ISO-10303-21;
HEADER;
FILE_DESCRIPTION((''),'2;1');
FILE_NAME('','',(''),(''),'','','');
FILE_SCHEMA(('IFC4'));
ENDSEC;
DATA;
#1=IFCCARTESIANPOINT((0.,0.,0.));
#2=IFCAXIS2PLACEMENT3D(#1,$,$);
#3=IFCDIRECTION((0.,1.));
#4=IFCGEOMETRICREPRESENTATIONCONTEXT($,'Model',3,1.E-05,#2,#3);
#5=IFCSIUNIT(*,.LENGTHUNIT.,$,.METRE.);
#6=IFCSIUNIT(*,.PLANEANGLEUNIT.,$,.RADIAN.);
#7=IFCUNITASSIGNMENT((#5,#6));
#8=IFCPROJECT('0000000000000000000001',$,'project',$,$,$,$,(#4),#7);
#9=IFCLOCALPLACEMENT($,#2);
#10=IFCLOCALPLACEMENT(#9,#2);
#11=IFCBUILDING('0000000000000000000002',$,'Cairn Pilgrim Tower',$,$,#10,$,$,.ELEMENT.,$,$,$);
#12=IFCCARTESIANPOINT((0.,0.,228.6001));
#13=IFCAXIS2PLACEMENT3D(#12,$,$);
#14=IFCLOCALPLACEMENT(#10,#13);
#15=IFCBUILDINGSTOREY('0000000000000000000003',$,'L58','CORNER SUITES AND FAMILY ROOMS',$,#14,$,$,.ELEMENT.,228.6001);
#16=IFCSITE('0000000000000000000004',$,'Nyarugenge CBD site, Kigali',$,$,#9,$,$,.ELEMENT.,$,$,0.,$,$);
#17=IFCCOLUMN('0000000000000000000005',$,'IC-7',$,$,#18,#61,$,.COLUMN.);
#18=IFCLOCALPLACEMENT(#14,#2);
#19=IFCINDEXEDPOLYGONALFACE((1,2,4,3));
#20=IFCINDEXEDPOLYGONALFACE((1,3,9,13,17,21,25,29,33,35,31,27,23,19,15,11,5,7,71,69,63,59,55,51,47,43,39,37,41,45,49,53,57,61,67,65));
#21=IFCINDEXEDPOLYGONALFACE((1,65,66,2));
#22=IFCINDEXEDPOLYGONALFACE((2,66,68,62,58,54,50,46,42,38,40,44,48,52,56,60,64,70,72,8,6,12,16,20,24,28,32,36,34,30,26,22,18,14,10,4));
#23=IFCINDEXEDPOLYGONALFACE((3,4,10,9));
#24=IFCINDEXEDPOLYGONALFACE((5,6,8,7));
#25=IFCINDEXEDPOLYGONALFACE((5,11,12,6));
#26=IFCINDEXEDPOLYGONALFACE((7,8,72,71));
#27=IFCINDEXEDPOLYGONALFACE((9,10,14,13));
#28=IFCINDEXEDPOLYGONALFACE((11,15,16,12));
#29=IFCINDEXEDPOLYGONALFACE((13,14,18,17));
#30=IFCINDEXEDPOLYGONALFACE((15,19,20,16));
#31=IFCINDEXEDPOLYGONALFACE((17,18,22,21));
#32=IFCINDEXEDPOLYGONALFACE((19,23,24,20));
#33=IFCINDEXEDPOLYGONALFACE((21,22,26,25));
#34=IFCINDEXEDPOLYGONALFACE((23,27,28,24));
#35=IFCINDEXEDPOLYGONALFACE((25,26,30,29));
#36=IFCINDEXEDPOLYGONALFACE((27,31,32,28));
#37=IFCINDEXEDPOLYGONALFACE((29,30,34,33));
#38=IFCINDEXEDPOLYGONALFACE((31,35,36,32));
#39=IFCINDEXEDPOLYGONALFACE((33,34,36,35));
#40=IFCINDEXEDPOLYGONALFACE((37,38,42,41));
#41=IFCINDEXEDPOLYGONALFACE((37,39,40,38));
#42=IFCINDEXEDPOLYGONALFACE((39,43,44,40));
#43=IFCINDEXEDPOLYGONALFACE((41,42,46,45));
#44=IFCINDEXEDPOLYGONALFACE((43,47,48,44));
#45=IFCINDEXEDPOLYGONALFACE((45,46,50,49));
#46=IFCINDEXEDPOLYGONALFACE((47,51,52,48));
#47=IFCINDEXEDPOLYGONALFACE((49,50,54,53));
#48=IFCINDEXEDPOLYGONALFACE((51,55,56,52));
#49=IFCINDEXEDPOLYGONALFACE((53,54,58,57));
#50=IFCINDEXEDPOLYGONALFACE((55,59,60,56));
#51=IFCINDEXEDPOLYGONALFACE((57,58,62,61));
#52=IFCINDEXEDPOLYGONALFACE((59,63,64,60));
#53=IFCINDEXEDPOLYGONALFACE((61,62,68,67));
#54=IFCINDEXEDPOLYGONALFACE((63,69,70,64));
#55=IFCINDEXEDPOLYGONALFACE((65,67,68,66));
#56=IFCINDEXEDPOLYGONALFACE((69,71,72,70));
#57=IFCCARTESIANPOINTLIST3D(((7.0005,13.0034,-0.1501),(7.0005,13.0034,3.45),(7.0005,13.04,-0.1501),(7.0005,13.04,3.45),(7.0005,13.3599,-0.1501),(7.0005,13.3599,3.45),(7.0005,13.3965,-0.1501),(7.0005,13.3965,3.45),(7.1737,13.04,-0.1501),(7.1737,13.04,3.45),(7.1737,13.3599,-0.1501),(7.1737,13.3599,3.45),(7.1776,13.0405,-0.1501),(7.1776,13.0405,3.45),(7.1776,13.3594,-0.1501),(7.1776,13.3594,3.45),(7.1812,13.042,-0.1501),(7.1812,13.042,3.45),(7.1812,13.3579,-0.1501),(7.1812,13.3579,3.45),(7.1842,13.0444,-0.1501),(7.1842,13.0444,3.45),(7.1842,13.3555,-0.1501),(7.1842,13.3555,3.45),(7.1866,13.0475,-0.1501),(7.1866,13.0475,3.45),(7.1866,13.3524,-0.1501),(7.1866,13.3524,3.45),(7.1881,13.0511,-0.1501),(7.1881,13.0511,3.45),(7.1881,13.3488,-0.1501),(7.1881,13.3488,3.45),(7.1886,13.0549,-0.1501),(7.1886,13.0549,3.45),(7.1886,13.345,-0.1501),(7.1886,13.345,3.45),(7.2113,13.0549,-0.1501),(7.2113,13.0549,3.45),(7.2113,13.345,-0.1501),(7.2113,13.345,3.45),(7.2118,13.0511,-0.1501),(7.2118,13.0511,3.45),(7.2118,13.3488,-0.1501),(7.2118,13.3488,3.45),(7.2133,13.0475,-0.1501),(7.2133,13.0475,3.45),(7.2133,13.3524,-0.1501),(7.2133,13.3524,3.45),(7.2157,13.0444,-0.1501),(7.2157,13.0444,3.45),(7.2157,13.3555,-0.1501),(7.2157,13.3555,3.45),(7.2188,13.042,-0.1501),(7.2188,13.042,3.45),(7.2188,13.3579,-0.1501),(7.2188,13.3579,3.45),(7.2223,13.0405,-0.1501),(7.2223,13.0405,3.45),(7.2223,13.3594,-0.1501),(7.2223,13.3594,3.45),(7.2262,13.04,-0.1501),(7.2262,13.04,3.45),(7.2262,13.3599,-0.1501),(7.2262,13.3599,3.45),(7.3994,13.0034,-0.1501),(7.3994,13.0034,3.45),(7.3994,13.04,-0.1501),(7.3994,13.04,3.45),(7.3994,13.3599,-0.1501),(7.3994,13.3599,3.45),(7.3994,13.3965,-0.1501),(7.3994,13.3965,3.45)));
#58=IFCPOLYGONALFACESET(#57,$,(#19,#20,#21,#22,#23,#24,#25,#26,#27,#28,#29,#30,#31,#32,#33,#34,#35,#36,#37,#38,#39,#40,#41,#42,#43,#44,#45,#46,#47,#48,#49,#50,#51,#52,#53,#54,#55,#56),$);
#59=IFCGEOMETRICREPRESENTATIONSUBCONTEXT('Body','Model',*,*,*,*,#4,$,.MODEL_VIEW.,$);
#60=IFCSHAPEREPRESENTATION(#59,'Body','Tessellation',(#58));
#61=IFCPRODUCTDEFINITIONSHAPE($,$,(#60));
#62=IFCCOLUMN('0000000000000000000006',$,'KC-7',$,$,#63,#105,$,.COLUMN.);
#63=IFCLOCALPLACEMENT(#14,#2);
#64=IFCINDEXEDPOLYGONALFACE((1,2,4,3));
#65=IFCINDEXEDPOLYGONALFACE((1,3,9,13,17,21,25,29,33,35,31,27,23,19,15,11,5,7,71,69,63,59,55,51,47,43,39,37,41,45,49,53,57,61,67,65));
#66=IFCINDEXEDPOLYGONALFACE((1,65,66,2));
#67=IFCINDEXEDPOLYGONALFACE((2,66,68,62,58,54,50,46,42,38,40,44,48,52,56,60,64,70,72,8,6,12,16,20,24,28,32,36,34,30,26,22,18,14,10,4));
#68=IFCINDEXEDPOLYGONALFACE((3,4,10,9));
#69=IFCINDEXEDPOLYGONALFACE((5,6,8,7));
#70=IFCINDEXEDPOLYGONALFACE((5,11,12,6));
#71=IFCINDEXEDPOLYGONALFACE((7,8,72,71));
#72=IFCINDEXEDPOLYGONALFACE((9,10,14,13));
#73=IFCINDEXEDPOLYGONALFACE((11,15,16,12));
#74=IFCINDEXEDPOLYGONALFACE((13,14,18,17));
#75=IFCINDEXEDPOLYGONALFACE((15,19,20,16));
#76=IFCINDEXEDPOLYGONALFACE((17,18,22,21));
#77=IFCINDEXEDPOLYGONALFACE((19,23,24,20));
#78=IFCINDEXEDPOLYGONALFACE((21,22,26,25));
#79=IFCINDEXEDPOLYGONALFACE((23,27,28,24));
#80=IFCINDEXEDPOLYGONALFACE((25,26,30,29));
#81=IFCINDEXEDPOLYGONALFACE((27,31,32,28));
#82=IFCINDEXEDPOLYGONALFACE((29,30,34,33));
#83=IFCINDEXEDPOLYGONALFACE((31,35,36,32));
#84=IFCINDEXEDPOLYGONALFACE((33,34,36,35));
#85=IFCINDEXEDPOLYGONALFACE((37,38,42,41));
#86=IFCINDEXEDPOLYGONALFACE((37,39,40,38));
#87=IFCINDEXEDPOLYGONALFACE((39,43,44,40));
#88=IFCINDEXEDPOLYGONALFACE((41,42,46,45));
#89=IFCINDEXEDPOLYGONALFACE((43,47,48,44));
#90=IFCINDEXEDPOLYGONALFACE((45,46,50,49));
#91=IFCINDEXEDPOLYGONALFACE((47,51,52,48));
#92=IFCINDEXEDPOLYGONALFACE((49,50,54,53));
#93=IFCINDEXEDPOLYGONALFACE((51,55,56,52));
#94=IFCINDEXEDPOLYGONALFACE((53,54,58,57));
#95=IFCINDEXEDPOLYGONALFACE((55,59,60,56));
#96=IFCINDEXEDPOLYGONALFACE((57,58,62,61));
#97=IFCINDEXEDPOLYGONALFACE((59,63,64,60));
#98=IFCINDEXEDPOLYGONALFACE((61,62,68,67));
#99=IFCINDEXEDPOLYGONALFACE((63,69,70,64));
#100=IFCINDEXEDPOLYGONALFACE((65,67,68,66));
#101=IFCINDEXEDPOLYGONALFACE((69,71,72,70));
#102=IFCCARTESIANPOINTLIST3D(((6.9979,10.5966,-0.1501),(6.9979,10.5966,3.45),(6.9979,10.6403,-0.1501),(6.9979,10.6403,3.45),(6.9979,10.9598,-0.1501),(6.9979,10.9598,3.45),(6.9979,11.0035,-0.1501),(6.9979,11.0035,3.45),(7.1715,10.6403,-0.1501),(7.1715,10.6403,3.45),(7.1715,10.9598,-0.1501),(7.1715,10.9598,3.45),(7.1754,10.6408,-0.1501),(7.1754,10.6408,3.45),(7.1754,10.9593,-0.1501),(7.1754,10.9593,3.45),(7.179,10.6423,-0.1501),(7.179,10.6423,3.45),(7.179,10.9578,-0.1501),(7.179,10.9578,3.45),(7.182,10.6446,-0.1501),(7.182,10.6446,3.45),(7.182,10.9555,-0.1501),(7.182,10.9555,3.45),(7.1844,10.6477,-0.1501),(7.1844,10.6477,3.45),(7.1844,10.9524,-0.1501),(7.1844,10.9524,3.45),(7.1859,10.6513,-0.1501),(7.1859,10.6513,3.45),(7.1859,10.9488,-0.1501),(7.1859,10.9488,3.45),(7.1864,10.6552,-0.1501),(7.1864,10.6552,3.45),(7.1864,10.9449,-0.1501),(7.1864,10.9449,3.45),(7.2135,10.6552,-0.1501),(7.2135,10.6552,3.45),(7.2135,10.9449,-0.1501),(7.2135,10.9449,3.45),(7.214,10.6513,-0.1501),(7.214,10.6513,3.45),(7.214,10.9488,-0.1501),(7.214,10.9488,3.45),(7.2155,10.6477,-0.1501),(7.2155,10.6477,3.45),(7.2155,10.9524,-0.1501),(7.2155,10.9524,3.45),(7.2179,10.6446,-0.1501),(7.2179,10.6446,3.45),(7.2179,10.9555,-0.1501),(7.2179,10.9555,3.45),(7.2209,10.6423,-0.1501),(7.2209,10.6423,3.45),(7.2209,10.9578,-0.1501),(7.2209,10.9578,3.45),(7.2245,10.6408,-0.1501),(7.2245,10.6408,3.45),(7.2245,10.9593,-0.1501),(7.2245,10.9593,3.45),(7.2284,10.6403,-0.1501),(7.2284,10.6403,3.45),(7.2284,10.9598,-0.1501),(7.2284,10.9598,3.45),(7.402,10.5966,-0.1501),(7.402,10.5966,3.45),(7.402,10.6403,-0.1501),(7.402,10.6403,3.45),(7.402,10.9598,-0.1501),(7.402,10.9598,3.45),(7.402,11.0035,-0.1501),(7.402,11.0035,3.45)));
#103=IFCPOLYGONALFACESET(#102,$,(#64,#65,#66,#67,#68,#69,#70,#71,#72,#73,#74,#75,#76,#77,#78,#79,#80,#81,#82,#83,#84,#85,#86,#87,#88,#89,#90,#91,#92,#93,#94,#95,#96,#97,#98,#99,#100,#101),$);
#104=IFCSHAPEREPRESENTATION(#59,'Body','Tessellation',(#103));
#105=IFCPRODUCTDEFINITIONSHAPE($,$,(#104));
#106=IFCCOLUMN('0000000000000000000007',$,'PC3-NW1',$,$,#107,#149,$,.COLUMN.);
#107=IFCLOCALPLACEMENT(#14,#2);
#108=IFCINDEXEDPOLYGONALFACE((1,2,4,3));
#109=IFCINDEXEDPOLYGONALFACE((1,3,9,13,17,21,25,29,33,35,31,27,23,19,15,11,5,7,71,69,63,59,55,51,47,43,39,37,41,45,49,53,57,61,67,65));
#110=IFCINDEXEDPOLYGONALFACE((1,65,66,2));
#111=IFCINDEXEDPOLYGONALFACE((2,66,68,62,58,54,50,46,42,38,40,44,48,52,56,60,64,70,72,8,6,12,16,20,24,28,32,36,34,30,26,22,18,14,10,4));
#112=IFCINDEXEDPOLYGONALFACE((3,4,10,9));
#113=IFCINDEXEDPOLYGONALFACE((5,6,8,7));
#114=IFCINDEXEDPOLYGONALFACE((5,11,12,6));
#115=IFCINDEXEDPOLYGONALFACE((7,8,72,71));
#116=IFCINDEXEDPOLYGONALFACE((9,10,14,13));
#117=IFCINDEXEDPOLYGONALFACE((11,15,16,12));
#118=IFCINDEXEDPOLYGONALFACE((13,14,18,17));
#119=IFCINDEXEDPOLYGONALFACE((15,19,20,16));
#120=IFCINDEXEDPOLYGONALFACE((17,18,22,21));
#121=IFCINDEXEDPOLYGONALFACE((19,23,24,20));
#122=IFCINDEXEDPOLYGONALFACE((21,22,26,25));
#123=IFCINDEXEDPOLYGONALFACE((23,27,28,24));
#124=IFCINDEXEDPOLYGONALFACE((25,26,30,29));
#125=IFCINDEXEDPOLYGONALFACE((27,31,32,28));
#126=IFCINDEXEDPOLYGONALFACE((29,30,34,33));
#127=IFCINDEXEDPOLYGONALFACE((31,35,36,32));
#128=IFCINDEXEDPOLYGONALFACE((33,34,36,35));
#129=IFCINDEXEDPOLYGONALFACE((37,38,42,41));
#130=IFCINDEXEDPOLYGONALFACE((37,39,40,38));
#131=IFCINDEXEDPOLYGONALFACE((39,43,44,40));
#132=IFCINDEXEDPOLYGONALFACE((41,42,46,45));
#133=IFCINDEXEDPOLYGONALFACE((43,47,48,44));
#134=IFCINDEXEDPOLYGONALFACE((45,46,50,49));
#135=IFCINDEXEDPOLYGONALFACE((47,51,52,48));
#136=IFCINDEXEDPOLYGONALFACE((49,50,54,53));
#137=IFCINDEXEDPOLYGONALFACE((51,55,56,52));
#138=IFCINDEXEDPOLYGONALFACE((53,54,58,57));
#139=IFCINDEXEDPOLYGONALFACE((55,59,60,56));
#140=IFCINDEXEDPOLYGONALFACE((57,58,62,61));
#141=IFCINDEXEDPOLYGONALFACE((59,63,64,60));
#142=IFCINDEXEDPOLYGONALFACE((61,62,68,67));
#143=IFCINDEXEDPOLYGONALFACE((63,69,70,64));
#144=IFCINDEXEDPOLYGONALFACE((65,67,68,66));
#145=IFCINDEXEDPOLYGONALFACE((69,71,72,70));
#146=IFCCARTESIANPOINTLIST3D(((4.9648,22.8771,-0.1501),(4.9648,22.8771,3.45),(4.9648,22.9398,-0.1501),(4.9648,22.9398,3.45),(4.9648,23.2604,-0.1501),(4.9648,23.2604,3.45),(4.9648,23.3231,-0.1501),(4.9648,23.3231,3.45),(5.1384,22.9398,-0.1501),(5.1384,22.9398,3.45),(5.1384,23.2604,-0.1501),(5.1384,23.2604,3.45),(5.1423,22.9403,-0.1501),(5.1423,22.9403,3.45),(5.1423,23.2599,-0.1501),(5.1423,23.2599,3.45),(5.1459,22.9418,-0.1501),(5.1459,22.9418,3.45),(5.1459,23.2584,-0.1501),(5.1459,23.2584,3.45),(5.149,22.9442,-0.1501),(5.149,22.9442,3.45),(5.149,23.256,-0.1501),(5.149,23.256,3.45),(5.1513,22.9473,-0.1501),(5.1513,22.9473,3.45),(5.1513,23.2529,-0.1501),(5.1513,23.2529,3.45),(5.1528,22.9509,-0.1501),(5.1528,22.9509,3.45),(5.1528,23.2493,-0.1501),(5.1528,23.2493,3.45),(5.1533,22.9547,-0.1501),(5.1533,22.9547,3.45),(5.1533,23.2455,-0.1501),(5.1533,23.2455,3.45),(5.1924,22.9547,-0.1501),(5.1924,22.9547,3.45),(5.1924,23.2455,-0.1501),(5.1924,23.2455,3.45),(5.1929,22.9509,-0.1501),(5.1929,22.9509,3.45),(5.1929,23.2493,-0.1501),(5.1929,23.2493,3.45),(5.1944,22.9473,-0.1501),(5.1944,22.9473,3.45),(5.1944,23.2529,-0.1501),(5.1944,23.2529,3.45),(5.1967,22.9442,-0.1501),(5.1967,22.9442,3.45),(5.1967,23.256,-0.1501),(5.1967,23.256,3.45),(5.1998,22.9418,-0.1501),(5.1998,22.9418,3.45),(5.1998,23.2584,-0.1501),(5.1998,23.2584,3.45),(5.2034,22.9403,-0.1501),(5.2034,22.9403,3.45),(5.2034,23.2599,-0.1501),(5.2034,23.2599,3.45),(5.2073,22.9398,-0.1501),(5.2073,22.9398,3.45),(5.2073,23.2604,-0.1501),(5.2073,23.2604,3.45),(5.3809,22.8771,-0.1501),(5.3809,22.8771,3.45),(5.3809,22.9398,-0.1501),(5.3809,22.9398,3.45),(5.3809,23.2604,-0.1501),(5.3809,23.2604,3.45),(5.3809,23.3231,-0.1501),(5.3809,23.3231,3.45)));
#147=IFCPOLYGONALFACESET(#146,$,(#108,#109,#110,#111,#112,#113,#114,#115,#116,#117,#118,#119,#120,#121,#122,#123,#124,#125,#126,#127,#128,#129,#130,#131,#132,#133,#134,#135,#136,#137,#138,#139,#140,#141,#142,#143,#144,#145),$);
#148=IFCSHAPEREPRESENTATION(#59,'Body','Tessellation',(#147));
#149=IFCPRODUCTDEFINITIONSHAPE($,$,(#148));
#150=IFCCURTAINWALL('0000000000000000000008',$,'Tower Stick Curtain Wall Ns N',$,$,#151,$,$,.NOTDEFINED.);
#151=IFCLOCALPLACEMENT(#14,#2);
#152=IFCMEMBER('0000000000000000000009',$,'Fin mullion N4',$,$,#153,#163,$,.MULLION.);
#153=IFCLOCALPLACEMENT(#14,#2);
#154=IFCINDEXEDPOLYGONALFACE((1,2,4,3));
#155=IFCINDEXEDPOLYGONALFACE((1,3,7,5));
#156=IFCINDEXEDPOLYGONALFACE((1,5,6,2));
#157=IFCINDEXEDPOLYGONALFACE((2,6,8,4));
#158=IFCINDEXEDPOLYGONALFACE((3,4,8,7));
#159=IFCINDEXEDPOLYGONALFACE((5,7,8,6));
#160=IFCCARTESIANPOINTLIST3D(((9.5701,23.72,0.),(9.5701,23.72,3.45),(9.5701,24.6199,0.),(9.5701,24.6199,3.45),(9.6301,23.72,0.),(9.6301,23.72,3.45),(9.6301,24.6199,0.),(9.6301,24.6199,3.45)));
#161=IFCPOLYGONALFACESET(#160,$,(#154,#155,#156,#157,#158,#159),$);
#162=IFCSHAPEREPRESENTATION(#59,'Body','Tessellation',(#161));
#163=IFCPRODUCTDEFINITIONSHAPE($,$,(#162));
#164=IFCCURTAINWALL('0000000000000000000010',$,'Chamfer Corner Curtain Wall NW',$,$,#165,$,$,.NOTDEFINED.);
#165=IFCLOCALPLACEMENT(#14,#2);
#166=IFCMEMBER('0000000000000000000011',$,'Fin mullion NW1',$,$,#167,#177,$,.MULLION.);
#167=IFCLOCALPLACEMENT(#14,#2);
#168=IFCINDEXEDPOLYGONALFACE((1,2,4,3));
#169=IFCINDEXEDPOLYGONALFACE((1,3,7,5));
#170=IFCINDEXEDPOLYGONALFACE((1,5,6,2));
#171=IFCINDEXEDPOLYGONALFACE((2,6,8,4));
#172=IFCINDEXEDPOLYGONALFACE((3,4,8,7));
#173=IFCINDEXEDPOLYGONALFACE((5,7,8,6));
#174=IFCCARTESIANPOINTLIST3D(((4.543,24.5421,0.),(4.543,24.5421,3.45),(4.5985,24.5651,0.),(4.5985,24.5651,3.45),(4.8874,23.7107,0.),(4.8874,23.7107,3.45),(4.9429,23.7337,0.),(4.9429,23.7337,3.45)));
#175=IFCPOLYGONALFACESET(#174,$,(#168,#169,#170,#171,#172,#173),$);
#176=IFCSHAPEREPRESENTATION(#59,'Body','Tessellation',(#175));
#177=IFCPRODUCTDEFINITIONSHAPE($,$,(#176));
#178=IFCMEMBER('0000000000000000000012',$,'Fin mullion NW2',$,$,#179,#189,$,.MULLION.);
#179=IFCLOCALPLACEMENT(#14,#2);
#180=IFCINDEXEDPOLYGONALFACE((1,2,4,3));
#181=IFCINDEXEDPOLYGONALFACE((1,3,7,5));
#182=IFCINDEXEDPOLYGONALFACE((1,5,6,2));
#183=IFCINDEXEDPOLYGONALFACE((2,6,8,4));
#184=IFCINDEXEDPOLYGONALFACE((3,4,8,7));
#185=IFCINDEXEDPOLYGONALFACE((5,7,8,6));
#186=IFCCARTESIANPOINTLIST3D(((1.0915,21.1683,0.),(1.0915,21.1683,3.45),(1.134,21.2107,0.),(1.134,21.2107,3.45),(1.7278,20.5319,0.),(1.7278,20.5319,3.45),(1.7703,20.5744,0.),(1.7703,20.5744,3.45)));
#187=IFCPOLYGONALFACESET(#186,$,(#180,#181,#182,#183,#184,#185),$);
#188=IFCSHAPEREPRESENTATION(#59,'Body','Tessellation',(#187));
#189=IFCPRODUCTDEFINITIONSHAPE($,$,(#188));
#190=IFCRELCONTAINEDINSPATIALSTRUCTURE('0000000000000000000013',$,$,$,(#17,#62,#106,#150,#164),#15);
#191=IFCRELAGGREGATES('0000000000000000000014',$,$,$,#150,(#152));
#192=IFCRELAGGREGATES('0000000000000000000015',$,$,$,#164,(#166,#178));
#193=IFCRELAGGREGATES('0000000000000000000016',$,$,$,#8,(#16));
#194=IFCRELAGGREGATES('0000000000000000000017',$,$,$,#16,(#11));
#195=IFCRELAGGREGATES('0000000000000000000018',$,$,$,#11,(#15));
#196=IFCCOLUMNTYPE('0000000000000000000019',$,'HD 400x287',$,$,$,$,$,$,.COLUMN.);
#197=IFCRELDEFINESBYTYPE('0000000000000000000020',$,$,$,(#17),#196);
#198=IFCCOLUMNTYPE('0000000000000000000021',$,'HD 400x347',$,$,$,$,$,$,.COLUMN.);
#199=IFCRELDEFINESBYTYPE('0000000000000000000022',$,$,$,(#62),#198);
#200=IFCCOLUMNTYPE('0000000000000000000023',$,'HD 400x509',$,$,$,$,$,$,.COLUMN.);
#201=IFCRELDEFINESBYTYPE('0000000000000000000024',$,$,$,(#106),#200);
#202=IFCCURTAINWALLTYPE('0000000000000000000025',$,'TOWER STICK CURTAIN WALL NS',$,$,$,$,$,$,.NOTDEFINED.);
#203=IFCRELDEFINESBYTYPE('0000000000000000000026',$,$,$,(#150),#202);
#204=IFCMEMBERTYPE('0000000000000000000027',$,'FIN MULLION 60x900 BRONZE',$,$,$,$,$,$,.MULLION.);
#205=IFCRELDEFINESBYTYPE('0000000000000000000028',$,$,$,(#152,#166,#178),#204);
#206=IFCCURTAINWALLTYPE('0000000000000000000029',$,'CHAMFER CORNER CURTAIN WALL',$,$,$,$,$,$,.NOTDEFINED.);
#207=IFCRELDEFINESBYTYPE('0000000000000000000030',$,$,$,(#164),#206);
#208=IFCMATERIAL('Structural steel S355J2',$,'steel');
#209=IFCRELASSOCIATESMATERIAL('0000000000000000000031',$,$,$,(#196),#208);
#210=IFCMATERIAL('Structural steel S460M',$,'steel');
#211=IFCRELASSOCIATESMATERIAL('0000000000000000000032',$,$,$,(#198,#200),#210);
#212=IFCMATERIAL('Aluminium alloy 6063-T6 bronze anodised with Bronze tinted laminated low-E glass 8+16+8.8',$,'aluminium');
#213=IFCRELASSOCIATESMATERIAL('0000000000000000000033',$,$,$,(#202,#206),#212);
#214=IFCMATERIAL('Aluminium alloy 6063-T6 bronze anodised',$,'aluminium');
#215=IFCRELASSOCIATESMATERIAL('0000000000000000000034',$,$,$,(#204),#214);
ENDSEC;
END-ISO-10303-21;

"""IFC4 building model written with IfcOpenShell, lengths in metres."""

from ifc_helpers import new_model, si_unit, direction, frame, origin, origin_2d, place, context, subcontext, project, spatial, rectangle, i_section, extrude, material, material_profile, profile_set, type_object, element, aggregate, save


model = new_model("IFC4")

# Units and contexts
model_context = context("Model", 3, precision=1e-05, world=origin(), true_north=direction((0.0, 1.0)))
body_context = subcontext(model_context, "Body", "Model", "MODEL_VIEW")
ifc_project = project(units=[si_unit("LENGTHUNIT", "METRE"), si_unit("PLANEANGLEUNIT", "RADIAN")], contexts=[model_context])

# Site, building, storey
site_placement = place(None, origin())
site = spatial("IfcSite", under=ifc_project, at=site_placement, Name="Nyarugenge CBD site, Kigali", CompositionType="ELEMENT", RefElevation=0.0)
building_placement = place(site_placement, origin())
building = spatial("IfcBuilding", under=site, at=building_placement, Name="Cairn Pilgrim Tower", CompositionType="ELEMENT")
storey_placement = place(building_placement, frame((0.0, 0.0, 228.6001)))
storey = spatial("IfcBuildingStorey", under=building, at=storey_placement, Name="L58", Description="CORNER SUITES AND FAMILY ROOMS", CompositionType="ELEMENT", Elevation=228.6001)

# Columns
ifc_material_1 = material(Name="Structural steel S355J2", Category="steel")
ifc_material_profile_1 = material_profile(ifc_material_1, i_section(OverallWidth=0.3989, OverallDepth=0.3931, WebThickness=0.0227, FlangeThickness=0.0366, FilletRadius=0.0149, at=origin_2d()), Name="HD 400x287")
ifc_profile_set_1 = profile_set([ifc_material_profile_1], Name="Structural steel S355J2")
column_type_1 = type_object("IfcColumnType", Name="HD 400x287", PredefinedType="COLUMN", material=ifc_profile_set_1)
column_1_placement = place(storey_placement, frame((7.2, 13.2, -0.1501), z_axis=(0.0, 0.0, 1.0), x_axis=(1.0, 0.0, 0.0)))
element("IfcColumn", 1, at=column_1_placement, inside=storey, type_object=column_type_1, Name="IC-7", PredefinedType="COLUMN", context=body_context, shape_type="SweptSolid", body=[
    extrude(i_section(OverallWidth=0.3989, OverallDepth=0.3931, WebThickness=0.0227, FlangeThickness=0.0366, FilletRadius=0.0149, at=origin_2d()), origin(), (0.0, 0.0, 1.0), 3.6001),
])
ifc_material_2 = material(Name="Structural steel S460M", Category="steel")
ifc_material_profile_2 = material_profile(ifc_material_2, i_section(OverallWidth=0.4041, OverallDepth=0.407, WebThickness=0.0271, FlangeThickness=0.0437, FilletRadius=0.0149, at=origin_2d()), Name="HD 400x347")
ifc_profile_set_2 = profile_set([ifc_material_profile_2], Name="Structural steel S460M")
column_type_2 = type_object("IfcColumnType", Name="HD 400x347", PredefinedType="COLUMN", material=ifc_profile_set_2)
column_2_placement = place(storey_placement, frame((7.2, 10.8, -0.1501), z_axis=(0.0, 0.0, 1.0), x_axis=(1.0, 0.0, 0.0)))
element("IfcColumn", 2, at=column_2_placement, inside=storey, type_object=column_type_2, Name="KC-7", PredefinedType="COLUMN", context=body_context, shape_type="SweptSolid", body=[
    extrude(i_section(OverallWidth=0.4041, OverallDepth=0.407, WebThickness=0.0271, FlangeThickness=0.0437, FilletRadius=0.0149, at=origin_2d()), origin(), (0.0, 0.0, 1.0), 3.6001),
])
ifc_material_profile_3 = material_profile(ifc_material_2, i_section(OverallWidth=0.416, OverallDepth=0.446, WebThickness=0.0391, FlangeThickness=0.0627, FilletRadius=0.0149, at=origin_2d()), Name="HD 400x509")
ifc_profile_set_3 = profile_set([ifc_material_profile_3], Name="Structural steel S460M")
column_type_3 = type_object("IfcColumnType", Name="HD 400x509", PredefinedType="COLUMN", material=ifc_profile_set_3)
column_3_placement = place(storey_placement, frame((5.1729, 23.1001, -0.1501), z_axis=(0.0, 0.0, 1.0), x_axis=(1.0, 0.0, 0.0)))
element("IfcColumn", 3, at=column_3_placement, inside=storey, type_object=column_type_3, Name="PC3-NW1", PredefinedType="COLUMN", context=body_context, shape_type="SweptSolid", body=[
    extrude(i_section(OverallWidth=0.416, OverallDepth=0.446, WebThickness=0.0391, FlangeThickness=0.0627, FilletRadius=0.0149, at=origin_2d()), origin(), (0.0, 0.0, 1.0), 3.6001),
])

# Curtain wall, member
ifc_material_3 = material(Name="Aluminium alloy 6063-T6 bronze anodised with Bronze tinted laminated low-E glass 8+16+8.8", Category="aluminium")
curtain_wall_type_1 = type_object("IfcCurtainWallType", Name="TOWER STICK CURTAIN WALL NS", PredefinedType="NOTDEFINED", material=ifc_material_3)
curtain_wall_1_placement = place(storey_placement, origin())
curtain_wall_1 = element("IfcCurtainWall", 4, at=curtain_wall_1_placement, inside=storey, type_object=curtain_wall_type_1, Name="Tower Stick Curtain Wall Ns N", PredefinedType="NOTDEFINED")
ifc_material_4 = material(Name="Aluminium alloy 6063-T6 bronze anodised", Category="aluminium")
ifc_material_profile_4 = material_profile(ifc_material_4, rectangle(XDim=0.8999, YDim=0.0601, at=origin_2d()), Name="FIN MULLION 60x900 BRONZE")
ifc_profile_set_4 = profile_set([ifc_material_profile_4], Name="Aluminium alloy 6063-T6 bronze anodised")
member_type_1 = type_object("IfcMemberType", Name="FIN MULLION 60x900 BRONZE", PredefinedType="MULLION", material=ifc_profile_set_4)
member_1_placement = place(storey_placement, frame((9.6001, 24.1699, 0.0), z_axis=(0.0, 0.0, 1.0), x_axis=(0.0, 1.0, 0.0)))
member_1 = element("IfcMember", 5, at=member_1_placement, type_object=member_type_1, Name="Fin mullion N4", PredefinedType="MULLION", context=body_context, shape_type="SweptSolid", body=[
    extrude(rectangle(XDim=0.8999, YDim=0.0601, at=origin_2d()), origin(), (0.0, 0.0, 1.0), 3.45),
])
aggregate(curtain_wall_1, [member_1])

# Curtain wall, members
curtain_wall_type_2 = type_object("IfcCurtainWallType", Name="CHAMFER CORNER CURTAIN WALL", PredefinedType="NOTDEFINED", material=ifc_material_3)
curtain_wall_2_placement = place(storey_placement, origin())
curtain_wall_2 = element("IfcCurtainWall", 6, at=curtain_wall_2_placement, inside=storey, type_object=curtain_wall_type_2, Name="Chamfer Corner Curtain Wall NW", PredefinedType="NOTDEFINED")
member_2_placement = place(storey_placement, frame((4.7429, 24.1379, 0.0), z_axis=(0.0, 0.0, 1.0), x_axis=(-0.382683, 0.92388, 0.0)))
member_2 = element("IfcMember", 7, at=member_2_placement, type_object=member_type_1, Name="Fin mullion NW1", PredefinedType="MULLION", context=body_context, shape_type="SweptSolid", body=[
    extrude(rectangle(XDim=0.8999, YDim=0.0601, at=origin_2d()), origin(), (0.0, 0.0, 1.0), 3.45),
])
member_3_placement = place(storey_placement, frame((1.4309, 20.8713, 0.0), z_axis=(0.0, 0.0, 1.0), x_axis=(-0.707107, 0.707107, 0.0)))
member_3 = element("IfcMember", 8, at=member_3_placement, type_object=member_type_1, Name="Fin mullion NW2", PredefinedType="MULLION", context=body_context, shape_type="SweptSolid", body=[
    extrude(rectangle(XDim=0.8999, YDim=0.0601, at=origin_2d()), origin(), (0.0, 0.0, 1.0), 3.45),
])

aggregate(curtain_wall_2, [member_2, member_3])

save(model, "model.ifc")
